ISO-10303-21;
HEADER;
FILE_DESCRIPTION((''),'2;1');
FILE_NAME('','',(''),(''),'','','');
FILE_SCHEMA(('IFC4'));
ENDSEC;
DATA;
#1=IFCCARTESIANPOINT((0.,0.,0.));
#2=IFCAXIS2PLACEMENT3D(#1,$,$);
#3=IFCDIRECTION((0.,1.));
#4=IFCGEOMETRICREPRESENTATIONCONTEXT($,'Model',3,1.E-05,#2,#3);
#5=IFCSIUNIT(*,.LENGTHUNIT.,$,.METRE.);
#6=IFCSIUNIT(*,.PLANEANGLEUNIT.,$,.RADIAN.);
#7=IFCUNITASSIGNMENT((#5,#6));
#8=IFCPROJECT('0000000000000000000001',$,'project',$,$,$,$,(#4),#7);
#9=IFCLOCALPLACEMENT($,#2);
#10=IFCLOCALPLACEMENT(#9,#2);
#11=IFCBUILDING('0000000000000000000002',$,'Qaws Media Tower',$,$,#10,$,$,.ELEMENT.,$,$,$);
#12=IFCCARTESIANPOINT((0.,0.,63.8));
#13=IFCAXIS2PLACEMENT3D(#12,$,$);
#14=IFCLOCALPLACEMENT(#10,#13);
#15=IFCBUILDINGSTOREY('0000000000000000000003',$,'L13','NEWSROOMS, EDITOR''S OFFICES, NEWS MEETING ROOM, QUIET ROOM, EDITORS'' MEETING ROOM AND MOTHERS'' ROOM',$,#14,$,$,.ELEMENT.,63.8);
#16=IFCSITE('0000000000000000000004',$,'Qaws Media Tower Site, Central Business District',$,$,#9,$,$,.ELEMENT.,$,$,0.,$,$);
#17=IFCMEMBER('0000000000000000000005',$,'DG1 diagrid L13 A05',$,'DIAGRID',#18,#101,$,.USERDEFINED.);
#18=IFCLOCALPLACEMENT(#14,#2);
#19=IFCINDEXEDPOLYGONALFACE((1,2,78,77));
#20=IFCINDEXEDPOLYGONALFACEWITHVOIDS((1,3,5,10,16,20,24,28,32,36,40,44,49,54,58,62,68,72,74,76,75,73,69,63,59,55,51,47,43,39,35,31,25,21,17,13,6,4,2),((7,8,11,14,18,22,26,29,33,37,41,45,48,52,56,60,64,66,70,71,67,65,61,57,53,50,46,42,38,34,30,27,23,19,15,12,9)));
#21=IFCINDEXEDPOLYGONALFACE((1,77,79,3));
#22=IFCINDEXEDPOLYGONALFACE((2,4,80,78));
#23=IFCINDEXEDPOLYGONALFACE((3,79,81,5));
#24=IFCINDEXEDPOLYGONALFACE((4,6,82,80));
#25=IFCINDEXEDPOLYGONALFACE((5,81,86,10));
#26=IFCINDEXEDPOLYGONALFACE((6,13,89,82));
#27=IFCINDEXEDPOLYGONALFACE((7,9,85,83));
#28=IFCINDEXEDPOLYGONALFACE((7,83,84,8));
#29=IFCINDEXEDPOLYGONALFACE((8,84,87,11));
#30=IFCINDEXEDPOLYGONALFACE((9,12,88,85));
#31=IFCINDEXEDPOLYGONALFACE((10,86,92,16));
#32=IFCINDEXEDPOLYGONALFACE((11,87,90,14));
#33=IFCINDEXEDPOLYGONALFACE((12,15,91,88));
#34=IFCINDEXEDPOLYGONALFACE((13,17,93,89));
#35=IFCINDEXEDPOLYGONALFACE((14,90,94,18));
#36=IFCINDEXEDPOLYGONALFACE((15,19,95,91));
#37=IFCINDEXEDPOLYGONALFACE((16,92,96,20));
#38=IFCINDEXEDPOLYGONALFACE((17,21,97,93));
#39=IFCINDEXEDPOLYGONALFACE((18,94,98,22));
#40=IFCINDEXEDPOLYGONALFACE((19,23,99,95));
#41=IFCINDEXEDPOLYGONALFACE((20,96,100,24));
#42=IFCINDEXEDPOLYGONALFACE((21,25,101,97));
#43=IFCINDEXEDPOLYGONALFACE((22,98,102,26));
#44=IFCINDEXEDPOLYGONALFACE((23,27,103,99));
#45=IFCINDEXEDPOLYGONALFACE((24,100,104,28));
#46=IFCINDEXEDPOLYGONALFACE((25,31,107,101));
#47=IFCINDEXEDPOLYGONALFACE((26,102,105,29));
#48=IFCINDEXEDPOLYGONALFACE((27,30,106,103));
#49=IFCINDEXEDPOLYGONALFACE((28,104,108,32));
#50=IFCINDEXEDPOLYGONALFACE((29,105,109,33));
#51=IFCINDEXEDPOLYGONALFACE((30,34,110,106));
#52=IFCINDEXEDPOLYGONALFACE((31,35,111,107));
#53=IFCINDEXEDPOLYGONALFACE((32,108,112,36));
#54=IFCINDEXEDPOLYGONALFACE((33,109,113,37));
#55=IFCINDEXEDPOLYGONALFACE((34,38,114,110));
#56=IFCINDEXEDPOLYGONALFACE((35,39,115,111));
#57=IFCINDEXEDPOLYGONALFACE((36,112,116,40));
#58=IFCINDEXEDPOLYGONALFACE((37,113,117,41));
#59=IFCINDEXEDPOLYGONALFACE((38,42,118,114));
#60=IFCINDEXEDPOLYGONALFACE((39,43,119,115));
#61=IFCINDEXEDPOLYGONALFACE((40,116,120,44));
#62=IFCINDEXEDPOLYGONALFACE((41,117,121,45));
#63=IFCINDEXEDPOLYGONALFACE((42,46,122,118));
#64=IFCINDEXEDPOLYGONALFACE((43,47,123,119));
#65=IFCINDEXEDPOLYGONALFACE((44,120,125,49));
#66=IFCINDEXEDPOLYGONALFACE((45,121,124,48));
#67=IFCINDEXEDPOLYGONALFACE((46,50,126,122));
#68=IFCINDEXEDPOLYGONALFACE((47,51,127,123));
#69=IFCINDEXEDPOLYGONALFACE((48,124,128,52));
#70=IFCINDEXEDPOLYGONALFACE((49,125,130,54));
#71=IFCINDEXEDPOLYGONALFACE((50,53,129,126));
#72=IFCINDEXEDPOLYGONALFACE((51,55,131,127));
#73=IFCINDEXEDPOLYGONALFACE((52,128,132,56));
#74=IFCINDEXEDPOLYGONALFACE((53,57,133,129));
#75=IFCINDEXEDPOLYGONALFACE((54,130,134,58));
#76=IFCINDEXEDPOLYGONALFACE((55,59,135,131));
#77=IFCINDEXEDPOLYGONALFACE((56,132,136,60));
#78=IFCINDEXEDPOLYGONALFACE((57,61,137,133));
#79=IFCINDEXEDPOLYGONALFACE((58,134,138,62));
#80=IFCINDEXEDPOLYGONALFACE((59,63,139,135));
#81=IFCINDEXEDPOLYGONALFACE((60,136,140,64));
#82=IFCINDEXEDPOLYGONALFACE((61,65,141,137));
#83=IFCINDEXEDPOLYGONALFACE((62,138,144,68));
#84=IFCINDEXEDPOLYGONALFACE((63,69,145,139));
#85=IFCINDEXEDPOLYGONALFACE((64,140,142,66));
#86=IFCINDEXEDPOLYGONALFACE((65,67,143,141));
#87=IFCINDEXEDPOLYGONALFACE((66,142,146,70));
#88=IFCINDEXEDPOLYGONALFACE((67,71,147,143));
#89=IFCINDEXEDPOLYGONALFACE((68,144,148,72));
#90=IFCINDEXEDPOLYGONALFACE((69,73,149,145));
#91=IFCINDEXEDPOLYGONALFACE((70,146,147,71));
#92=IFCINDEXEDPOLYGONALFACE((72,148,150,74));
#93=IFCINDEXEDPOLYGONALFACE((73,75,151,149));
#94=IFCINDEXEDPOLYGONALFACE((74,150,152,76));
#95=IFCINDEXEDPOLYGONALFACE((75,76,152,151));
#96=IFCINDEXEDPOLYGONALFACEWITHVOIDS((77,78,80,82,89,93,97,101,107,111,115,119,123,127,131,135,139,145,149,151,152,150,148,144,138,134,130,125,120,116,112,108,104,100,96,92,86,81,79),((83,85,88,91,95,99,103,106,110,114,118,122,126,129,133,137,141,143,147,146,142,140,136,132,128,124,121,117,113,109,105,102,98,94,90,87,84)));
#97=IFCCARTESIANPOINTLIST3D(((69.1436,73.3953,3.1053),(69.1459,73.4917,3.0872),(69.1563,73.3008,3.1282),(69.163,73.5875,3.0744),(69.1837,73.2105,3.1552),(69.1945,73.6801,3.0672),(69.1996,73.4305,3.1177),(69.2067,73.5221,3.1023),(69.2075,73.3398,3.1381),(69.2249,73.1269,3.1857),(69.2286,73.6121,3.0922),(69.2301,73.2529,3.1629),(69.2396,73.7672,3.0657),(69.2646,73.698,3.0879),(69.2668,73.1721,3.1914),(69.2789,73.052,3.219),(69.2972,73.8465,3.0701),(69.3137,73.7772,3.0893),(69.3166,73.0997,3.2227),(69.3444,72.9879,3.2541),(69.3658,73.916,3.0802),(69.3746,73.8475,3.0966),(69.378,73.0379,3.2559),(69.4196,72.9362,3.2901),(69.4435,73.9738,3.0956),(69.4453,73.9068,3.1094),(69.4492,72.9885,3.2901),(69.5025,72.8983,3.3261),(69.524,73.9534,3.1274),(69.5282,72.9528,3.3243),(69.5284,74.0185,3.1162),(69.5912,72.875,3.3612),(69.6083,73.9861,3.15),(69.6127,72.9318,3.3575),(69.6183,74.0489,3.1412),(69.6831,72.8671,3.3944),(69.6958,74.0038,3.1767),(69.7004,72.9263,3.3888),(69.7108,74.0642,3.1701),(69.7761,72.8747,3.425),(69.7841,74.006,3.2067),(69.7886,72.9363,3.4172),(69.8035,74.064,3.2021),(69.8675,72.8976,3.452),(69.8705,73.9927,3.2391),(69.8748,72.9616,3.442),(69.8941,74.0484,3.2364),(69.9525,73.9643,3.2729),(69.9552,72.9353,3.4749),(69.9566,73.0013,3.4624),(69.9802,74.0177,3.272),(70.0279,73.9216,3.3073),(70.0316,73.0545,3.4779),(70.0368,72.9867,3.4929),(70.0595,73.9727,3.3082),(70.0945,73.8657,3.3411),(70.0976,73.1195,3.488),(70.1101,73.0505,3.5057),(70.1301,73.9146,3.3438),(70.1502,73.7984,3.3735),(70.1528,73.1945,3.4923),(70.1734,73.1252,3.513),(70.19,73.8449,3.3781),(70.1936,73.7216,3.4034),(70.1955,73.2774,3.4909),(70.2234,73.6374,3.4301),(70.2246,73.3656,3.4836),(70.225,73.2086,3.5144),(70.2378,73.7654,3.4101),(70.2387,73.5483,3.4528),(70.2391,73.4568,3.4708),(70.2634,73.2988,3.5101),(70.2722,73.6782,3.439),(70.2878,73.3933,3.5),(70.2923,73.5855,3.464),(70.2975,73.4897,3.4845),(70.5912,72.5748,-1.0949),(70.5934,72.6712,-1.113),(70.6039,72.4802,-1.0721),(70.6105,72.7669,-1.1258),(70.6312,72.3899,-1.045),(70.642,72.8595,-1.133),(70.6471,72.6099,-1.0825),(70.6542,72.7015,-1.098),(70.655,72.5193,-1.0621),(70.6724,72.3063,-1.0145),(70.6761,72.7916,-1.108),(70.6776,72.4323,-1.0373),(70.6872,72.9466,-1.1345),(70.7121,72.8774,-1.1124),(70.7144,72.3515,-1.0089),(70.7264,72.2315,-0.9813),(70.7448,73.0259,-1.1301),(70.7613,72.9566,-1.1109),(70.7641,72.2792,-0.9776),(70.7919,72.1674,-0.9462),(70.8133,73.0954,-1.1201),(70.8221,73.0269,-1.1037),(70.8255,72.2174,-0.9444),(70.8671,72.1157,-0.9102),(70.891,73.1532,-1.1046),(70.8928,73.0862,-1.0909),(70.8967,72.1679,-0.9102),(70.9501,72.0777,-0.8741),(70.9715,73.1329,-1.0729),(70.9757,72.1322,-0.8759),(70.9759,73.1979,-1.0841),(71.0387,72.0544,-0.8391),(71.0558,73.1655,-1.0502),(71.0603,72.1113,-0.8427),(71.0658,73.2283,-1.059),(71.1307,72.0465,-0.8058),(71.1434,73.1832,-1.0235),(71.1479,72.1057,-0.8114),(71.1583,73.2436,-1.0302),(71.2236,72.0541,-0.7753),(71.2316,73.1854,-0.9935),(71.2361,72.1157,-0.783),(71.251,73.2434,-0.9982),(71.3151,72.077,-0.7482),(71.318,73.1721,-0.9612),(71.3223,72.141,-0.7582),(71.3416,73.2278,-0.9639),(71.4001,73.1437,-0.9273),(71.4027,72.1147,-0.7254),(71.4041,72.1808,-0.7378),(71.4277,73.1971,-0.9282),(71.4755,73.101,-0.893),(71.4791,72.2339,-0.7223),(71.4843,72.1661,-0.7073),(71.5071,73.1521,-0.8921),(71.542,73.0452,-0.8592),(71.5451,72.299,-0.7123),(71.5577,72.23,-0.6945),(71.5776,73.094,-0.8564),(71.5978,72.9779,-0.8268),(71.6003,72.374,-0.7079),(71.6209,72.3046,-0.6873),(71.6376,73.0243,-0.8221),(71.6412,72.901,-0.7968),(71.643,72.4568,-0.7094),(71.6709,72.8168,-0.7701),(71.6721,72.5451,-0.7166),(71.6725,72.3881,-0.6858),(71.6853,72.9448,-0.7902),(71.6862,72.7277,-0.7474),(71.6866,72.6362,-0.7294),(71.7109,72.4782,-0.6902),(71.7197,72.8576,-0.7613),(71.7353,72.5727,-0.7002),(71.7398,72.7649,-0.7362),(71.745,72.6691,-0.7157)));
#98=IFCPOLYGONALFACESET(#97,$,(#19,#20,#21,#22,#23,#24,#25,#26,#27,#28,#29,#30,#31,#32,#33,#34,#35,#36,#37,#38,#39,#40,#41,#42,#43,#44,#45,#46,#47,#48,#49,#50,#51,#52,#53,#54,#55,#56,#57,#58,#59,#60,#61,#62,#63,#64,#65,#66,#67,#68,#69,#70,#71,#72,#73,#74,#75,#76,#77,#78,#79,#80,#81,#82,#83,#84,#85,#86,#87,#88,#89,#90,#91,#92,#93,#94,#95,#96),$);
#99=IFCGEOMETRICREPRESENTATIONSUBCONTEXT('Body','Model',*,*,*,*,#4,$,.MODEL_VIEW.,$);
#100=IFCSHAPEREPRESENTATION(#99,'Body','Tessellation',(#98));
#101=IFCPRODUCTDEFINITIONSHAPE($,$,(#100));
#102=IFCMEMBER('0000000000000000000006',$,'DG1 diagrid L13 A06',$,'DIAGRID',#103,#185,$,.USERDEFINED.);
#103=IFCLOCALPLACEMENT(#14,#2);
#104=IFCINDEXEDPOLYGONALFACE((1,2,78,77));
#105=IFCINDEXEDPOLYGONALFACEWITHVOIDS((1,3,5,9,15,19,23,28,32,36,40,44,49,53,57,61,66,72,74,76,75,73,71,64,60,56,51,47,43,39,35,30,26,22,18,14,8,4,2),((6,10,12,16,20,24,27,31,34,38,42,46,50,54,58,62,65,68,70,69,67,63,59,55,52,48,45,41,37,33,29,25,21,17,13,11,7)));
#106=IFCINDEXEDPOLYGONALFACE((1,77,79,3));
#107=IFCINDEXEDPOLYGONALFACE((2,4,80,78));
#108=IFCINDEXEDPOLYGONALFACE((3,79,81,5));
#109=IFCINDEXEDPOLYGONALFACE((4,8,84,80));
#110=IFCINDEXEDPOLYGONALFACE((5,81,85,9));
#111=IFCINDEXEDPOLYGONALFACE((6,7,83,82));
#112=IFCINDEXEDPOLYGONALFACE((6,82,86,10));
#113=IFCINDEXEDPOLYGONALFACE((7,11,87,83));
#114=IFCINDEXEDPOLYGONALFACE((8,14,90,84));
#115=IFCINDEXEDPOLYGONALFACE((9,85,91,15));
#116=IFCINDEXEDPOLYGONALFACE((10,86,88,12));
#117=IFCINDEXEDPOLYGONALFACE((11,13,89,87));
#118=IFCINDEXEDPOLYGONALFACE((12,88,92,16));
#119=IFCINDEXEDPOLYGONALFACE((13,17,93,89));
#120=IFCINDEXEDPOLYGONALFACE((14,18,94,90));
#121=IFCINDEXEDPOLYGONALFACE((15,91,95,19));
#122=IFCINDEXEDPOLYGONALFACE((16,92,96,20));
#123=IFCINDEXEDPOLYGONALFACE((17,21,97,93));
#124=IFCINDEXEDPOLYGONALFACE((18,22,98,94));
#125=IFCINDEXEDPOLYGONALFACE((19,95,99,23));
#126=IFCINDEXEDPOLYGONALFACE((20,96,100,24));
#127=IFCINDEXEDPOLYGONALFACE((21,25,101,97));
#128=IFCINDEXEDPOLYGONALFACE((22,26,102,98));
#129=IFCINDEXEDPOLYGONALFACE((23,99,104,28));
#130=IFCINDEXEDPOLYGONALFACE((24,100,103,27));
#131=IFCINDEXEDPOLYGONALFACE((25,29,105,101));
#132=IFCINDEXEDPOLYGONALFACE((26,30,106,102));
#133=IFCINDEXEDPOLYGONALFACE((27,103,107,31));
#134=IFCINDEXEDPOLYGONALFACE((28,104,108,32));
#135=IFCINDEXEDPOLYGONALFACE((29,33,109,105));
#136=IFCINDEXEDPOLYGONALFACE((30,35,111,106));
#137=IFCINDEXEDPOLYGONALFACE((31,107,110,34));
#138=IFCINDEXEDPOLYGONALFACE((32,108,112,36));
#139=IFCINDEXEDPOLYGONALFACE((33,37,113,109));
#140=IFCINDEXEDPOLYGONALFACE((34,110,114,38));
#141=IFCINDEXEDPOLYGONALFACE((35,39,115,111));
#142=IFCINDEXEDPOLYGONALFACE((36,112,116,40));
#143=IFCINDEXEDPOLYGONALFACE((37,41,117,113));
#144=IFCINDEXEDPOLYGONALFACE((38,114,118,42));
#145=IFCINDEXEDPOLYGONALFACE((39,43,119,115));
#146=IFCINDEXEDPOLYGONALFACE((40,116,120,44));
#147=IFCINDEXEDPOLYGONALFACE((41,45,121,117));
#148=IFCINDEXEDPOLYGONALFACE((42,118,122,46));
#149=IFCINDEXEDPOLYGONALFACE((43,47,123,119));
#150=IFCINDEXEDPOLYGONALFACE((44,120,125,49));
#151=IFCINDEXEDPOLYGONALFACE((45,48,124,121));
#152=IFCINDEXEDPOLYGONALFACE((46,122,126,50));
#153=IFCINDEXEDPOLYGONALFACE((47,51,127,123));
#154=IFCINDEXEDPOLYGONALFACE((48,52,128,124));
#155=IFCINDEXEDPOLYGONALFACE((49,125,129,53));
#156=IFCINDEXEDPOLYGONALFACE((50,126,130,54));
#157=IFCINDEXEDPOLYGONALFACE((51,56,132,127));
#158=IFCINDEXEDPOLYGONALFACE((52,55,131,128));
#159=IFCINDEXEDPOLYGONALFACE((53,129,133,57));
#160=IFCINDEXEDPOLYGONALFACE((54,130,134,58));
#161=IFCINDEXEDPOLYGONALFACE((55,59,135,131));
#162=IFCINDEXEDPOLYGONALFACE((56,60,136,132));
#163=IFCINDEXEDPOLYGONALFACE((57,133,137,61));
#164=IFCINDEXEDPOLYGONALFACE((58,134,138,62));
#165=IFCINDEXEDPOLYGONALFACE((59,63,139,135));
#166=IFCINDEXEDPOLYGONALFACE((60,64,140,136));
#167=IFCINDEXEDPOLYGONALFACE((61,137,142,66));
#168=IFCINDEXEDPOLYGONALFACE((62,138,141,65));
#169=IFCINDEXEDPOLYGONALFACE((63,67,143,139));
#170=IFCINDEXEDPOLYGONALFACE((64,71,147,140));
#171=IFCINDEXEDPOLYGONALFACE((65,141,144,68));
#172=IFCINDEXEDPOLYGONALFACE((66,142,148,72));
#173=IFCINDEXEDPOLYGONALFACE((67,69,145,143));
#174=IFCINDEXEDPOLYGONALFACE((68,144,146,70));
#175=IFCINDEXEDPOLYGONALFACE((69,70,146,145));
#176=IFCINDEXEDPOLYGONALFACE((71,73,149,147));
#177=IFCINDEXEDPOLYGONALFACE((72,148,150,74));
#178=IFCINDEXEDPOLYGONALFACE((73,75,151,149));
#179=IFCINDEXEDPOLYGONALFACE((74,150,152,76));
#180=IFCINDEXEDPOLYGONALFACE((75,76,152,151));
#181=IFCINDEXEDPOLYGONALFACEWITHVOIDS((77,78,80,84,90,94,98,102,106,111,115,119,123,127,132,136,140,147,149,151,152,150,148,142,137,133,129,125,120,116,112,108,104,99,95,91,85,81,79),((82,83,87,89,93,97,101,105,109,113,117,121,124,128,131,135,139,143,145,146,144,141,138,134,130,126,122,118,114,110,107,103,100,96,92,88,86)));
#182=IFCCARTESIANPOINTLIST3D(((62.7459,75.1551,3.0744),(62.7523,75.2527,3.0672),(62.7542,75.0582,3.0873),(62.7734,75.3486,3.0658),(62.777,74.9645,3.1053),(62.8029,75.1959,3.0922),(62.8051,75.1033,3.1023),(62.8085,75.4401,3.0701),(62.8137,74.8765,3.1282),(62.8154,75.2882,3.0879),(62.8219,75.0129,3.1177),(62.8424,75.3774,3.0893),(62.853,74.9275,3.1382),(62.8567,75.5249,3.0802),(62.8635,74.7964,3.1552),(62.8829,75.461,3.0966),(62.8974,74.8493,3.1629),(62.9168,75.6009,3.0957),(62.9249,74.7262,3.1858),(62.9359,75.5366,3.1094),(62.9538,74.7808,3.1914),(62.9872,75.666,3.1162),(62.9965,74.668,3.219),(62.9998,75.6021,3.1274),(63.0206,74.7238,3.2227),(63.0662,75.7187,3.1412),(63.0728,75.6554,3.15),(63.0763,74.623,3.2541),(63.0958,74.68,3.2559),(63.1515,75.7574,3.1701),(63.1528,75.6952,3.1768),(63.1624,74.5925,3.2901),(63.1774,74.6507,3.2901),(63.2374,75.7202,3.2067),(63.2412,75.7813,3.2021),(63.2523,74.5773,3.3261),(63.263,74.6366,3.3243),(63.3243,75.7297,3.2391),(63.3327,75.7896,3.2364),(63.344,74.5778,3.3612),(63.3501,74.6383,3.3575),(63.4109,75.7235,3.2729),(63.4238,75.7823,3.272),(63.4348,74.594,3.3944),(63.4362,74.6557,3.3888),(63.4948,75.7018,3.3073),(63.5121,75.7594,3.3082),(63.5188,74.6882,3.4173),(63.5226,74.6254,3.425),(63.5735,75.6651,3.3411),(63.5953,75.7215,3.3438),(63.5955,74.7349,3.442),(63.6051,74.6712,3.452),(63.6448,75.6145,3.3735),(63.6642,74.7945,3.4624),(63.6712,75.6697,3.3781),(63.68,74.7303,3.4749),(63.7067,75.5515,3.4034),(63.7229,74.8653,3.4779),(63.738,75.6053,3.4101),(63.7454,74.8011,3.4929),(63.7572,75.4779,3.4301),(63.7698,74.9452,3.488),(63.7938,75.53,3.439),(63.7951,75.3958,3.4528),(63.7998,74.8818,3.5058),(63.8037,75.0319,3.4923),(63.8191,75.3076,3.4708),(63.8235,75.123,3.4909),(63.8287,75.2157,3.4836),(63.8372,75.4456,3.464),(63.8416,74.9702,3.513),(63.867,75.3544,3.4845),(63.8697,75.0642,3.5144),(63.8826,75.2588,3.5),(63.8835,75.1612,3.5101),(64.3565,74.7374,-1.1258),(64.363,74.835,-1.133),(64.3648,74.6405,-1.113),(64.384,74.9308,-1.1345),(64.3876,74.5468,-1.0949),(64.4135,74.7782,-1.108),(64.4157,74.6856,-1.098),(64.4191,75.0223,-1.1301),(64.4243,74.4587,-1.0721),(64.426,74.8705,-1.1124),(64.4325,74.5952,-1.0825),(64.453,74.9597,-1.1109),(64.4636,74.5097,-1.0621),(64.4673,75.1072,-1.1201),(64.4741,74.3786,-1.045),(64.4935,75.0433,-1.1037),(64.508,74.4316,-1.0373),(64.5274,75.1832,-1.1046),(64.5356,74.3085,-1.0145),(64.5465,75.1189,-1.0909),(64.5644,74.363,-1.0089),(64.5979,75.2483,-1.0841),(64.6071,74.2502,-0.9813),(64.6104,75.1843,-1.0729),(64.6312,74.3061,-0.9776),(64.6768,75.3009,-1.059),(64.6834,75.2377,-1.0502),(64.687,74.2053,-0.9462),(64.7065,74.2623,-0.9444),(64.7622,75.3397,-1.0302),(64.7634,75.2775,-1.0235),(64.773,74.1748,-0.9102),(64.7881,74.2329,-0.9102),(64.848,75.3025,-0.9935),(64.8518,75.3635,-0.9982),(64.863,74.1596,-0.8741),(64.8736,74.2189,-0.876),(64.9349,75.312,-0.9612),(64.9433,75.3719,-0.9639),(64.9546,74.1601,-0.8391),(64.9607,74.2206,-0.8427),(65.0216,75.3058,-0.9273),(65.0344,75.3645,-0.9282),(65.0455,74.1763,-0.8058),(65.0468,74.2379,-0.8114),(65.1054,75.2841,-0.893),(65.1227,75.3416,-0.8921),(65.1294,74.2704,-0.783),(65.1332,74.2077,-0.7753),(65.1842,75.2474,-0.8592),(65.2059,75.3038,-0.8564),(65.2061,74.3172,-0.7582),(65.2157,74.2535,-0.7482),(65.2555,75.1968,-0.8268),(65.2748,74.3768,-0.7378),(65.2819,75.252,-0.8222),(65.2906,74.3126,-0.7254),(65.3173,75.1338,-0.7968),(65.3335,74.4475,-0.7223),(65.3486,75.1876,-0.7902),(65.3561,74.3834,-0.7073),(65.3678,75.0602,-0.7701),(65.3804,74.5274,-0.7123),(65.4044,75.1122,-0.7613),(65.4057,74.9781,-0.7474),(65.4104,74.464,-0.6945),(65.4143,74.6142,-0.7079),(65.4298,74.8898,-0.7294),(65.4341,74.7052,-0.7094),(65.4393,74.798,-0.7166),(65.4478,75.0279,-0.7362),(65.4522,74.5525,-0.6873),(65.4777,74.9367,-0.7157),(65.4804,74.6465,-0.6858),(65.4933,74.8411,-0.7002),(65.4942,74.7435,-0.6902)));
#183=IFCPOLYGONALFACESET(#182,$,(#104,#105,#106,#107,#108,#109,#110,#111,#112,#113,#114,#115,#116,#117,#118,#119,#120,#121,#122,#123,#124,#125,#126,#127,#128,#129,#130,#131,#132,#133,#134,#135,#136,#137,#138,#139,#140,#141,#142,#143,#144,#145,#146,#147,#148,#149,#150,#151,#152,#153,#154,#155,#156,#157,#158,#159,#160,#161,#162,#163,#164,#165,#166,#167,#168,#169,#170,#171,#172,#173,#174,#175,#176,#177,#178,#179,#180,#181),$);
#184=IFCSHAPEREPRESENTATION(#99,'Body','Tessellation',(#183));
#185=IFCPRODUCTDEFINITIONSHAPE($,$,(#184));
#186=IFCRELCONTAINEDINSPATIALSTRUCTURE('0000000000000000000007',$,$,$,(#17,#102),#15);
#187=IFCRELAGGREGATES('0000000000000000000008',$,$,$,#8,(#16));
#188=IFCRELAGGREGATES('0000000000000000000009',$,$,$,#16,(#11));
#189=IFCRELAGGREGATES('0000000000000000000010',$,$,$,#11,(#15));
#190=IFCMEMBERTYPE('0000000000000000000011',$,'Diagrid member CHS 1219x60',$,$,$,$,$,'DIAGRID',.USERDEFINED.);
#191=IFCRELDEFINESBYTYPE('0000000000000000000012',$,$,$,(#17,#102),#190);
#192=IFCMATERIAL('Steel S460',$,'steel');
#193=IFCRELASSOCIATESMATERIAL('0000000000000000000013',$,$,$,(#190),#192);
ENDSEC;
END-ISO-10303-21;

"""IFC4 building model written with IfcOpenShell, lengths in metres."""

from ifc_helpers import new_model, si_unit, direction, frame, origin, origin_2d, place, context, subcontext, project, spatial, hollow_circle, extrude, material, material_profile, profile_set, type_object, element, save


model = new_model("IFC4")

# Units and contexts
model_context = context("Model", 3, precision=1e-05, world=origin(), true_north=direction((0.0, 1.0)))
body_context = subcontext(model_context, "Body", "Model", "MODEL_VIEW")
ifc_project = project(units=[si_unit("LENGTHUNIT", "METRE"), si_unit("PLANEANGLEUNIT", "RADIAN")], contexts=[model_context])

# Site, building, storey
site_placement = place(None, origin())
site = spatial("IfcSite", under=ifc_project, at=site_placement, Name="Qaws Media Tower Site, Central Business District", CompositionType="ELEMENT", RefElevation=0.0)
building_placement = place(site_placement, origin())
building = spatial("IfcBuilding", under=site, at=building_placement, Name="Qaws Media Tower", CompositionType="ELEMENT")
storey_placement = place(building_placement, frame((0.0, 0.0, 63.8)))
storey = spatial("IfcBuildingStorey", under=building, at=storey_placement, Name="L13", Description="NEWSROOMS, EDITOR'S OFFICES, NEWS MEETING ROOM, QUIET ROOM, EDITORS' MEETING ROOM AND MOTHERS' ROOM", CompositionType="ELEMENT", Elevation=63.8)

# Members
ifc_material_1 = material(Name="Steel S460", Category="steel")
ifc_material_profile_1 = material_profile(ifc_material_1, hollow_circle(Radius=0.6096, WallThickness=0.0601, at=origin_2d()), Name="CHS 1219x60")
ifc_profile_set_1 = profile_set([ifc_material_profile_1], Name="Steel S460")
member_type_1 = type_object("IfcMemberType", Name="Diagrid member CHS 1219x60", ElementType="DIAGRID", PredefinedType="USERDEFINED", material=ifc_profile_set_1)
for number, where, z_axis, x_axis, name in (
    (1, (71.1677, 72.646, -0.9102), (-0.320404, 0.181629, 0.929706), (-0.49315, -0.869945, 0.0), "DG1 diagrid L13 A05"),
    (2, (64.926, 74.7649, -0.9102), (-0.356503, 0.092463, 0.929708), (-0.251054, -0.967973, 0.0), "DG1 diagrid L13 A06"),
):
    element("IfcMember", number, at=place(storey_placement, frame(where, z_axis=z_axis, x_axis=x_axis)), inside=storey, type_object=member_type_1, Name=name, ObjectType="DIAGRID", PredefinedType="USERDEFINED", context=body_context, shape_type="SweptSolid", body=[
        extrude(hollow_circle(Radius=0.6096, WallThickness=0.0601, at=origin_2d()), origin(), (0.0, 0.0, 1.0), 4.5178),
    ])

save(model, "model.ifc")
